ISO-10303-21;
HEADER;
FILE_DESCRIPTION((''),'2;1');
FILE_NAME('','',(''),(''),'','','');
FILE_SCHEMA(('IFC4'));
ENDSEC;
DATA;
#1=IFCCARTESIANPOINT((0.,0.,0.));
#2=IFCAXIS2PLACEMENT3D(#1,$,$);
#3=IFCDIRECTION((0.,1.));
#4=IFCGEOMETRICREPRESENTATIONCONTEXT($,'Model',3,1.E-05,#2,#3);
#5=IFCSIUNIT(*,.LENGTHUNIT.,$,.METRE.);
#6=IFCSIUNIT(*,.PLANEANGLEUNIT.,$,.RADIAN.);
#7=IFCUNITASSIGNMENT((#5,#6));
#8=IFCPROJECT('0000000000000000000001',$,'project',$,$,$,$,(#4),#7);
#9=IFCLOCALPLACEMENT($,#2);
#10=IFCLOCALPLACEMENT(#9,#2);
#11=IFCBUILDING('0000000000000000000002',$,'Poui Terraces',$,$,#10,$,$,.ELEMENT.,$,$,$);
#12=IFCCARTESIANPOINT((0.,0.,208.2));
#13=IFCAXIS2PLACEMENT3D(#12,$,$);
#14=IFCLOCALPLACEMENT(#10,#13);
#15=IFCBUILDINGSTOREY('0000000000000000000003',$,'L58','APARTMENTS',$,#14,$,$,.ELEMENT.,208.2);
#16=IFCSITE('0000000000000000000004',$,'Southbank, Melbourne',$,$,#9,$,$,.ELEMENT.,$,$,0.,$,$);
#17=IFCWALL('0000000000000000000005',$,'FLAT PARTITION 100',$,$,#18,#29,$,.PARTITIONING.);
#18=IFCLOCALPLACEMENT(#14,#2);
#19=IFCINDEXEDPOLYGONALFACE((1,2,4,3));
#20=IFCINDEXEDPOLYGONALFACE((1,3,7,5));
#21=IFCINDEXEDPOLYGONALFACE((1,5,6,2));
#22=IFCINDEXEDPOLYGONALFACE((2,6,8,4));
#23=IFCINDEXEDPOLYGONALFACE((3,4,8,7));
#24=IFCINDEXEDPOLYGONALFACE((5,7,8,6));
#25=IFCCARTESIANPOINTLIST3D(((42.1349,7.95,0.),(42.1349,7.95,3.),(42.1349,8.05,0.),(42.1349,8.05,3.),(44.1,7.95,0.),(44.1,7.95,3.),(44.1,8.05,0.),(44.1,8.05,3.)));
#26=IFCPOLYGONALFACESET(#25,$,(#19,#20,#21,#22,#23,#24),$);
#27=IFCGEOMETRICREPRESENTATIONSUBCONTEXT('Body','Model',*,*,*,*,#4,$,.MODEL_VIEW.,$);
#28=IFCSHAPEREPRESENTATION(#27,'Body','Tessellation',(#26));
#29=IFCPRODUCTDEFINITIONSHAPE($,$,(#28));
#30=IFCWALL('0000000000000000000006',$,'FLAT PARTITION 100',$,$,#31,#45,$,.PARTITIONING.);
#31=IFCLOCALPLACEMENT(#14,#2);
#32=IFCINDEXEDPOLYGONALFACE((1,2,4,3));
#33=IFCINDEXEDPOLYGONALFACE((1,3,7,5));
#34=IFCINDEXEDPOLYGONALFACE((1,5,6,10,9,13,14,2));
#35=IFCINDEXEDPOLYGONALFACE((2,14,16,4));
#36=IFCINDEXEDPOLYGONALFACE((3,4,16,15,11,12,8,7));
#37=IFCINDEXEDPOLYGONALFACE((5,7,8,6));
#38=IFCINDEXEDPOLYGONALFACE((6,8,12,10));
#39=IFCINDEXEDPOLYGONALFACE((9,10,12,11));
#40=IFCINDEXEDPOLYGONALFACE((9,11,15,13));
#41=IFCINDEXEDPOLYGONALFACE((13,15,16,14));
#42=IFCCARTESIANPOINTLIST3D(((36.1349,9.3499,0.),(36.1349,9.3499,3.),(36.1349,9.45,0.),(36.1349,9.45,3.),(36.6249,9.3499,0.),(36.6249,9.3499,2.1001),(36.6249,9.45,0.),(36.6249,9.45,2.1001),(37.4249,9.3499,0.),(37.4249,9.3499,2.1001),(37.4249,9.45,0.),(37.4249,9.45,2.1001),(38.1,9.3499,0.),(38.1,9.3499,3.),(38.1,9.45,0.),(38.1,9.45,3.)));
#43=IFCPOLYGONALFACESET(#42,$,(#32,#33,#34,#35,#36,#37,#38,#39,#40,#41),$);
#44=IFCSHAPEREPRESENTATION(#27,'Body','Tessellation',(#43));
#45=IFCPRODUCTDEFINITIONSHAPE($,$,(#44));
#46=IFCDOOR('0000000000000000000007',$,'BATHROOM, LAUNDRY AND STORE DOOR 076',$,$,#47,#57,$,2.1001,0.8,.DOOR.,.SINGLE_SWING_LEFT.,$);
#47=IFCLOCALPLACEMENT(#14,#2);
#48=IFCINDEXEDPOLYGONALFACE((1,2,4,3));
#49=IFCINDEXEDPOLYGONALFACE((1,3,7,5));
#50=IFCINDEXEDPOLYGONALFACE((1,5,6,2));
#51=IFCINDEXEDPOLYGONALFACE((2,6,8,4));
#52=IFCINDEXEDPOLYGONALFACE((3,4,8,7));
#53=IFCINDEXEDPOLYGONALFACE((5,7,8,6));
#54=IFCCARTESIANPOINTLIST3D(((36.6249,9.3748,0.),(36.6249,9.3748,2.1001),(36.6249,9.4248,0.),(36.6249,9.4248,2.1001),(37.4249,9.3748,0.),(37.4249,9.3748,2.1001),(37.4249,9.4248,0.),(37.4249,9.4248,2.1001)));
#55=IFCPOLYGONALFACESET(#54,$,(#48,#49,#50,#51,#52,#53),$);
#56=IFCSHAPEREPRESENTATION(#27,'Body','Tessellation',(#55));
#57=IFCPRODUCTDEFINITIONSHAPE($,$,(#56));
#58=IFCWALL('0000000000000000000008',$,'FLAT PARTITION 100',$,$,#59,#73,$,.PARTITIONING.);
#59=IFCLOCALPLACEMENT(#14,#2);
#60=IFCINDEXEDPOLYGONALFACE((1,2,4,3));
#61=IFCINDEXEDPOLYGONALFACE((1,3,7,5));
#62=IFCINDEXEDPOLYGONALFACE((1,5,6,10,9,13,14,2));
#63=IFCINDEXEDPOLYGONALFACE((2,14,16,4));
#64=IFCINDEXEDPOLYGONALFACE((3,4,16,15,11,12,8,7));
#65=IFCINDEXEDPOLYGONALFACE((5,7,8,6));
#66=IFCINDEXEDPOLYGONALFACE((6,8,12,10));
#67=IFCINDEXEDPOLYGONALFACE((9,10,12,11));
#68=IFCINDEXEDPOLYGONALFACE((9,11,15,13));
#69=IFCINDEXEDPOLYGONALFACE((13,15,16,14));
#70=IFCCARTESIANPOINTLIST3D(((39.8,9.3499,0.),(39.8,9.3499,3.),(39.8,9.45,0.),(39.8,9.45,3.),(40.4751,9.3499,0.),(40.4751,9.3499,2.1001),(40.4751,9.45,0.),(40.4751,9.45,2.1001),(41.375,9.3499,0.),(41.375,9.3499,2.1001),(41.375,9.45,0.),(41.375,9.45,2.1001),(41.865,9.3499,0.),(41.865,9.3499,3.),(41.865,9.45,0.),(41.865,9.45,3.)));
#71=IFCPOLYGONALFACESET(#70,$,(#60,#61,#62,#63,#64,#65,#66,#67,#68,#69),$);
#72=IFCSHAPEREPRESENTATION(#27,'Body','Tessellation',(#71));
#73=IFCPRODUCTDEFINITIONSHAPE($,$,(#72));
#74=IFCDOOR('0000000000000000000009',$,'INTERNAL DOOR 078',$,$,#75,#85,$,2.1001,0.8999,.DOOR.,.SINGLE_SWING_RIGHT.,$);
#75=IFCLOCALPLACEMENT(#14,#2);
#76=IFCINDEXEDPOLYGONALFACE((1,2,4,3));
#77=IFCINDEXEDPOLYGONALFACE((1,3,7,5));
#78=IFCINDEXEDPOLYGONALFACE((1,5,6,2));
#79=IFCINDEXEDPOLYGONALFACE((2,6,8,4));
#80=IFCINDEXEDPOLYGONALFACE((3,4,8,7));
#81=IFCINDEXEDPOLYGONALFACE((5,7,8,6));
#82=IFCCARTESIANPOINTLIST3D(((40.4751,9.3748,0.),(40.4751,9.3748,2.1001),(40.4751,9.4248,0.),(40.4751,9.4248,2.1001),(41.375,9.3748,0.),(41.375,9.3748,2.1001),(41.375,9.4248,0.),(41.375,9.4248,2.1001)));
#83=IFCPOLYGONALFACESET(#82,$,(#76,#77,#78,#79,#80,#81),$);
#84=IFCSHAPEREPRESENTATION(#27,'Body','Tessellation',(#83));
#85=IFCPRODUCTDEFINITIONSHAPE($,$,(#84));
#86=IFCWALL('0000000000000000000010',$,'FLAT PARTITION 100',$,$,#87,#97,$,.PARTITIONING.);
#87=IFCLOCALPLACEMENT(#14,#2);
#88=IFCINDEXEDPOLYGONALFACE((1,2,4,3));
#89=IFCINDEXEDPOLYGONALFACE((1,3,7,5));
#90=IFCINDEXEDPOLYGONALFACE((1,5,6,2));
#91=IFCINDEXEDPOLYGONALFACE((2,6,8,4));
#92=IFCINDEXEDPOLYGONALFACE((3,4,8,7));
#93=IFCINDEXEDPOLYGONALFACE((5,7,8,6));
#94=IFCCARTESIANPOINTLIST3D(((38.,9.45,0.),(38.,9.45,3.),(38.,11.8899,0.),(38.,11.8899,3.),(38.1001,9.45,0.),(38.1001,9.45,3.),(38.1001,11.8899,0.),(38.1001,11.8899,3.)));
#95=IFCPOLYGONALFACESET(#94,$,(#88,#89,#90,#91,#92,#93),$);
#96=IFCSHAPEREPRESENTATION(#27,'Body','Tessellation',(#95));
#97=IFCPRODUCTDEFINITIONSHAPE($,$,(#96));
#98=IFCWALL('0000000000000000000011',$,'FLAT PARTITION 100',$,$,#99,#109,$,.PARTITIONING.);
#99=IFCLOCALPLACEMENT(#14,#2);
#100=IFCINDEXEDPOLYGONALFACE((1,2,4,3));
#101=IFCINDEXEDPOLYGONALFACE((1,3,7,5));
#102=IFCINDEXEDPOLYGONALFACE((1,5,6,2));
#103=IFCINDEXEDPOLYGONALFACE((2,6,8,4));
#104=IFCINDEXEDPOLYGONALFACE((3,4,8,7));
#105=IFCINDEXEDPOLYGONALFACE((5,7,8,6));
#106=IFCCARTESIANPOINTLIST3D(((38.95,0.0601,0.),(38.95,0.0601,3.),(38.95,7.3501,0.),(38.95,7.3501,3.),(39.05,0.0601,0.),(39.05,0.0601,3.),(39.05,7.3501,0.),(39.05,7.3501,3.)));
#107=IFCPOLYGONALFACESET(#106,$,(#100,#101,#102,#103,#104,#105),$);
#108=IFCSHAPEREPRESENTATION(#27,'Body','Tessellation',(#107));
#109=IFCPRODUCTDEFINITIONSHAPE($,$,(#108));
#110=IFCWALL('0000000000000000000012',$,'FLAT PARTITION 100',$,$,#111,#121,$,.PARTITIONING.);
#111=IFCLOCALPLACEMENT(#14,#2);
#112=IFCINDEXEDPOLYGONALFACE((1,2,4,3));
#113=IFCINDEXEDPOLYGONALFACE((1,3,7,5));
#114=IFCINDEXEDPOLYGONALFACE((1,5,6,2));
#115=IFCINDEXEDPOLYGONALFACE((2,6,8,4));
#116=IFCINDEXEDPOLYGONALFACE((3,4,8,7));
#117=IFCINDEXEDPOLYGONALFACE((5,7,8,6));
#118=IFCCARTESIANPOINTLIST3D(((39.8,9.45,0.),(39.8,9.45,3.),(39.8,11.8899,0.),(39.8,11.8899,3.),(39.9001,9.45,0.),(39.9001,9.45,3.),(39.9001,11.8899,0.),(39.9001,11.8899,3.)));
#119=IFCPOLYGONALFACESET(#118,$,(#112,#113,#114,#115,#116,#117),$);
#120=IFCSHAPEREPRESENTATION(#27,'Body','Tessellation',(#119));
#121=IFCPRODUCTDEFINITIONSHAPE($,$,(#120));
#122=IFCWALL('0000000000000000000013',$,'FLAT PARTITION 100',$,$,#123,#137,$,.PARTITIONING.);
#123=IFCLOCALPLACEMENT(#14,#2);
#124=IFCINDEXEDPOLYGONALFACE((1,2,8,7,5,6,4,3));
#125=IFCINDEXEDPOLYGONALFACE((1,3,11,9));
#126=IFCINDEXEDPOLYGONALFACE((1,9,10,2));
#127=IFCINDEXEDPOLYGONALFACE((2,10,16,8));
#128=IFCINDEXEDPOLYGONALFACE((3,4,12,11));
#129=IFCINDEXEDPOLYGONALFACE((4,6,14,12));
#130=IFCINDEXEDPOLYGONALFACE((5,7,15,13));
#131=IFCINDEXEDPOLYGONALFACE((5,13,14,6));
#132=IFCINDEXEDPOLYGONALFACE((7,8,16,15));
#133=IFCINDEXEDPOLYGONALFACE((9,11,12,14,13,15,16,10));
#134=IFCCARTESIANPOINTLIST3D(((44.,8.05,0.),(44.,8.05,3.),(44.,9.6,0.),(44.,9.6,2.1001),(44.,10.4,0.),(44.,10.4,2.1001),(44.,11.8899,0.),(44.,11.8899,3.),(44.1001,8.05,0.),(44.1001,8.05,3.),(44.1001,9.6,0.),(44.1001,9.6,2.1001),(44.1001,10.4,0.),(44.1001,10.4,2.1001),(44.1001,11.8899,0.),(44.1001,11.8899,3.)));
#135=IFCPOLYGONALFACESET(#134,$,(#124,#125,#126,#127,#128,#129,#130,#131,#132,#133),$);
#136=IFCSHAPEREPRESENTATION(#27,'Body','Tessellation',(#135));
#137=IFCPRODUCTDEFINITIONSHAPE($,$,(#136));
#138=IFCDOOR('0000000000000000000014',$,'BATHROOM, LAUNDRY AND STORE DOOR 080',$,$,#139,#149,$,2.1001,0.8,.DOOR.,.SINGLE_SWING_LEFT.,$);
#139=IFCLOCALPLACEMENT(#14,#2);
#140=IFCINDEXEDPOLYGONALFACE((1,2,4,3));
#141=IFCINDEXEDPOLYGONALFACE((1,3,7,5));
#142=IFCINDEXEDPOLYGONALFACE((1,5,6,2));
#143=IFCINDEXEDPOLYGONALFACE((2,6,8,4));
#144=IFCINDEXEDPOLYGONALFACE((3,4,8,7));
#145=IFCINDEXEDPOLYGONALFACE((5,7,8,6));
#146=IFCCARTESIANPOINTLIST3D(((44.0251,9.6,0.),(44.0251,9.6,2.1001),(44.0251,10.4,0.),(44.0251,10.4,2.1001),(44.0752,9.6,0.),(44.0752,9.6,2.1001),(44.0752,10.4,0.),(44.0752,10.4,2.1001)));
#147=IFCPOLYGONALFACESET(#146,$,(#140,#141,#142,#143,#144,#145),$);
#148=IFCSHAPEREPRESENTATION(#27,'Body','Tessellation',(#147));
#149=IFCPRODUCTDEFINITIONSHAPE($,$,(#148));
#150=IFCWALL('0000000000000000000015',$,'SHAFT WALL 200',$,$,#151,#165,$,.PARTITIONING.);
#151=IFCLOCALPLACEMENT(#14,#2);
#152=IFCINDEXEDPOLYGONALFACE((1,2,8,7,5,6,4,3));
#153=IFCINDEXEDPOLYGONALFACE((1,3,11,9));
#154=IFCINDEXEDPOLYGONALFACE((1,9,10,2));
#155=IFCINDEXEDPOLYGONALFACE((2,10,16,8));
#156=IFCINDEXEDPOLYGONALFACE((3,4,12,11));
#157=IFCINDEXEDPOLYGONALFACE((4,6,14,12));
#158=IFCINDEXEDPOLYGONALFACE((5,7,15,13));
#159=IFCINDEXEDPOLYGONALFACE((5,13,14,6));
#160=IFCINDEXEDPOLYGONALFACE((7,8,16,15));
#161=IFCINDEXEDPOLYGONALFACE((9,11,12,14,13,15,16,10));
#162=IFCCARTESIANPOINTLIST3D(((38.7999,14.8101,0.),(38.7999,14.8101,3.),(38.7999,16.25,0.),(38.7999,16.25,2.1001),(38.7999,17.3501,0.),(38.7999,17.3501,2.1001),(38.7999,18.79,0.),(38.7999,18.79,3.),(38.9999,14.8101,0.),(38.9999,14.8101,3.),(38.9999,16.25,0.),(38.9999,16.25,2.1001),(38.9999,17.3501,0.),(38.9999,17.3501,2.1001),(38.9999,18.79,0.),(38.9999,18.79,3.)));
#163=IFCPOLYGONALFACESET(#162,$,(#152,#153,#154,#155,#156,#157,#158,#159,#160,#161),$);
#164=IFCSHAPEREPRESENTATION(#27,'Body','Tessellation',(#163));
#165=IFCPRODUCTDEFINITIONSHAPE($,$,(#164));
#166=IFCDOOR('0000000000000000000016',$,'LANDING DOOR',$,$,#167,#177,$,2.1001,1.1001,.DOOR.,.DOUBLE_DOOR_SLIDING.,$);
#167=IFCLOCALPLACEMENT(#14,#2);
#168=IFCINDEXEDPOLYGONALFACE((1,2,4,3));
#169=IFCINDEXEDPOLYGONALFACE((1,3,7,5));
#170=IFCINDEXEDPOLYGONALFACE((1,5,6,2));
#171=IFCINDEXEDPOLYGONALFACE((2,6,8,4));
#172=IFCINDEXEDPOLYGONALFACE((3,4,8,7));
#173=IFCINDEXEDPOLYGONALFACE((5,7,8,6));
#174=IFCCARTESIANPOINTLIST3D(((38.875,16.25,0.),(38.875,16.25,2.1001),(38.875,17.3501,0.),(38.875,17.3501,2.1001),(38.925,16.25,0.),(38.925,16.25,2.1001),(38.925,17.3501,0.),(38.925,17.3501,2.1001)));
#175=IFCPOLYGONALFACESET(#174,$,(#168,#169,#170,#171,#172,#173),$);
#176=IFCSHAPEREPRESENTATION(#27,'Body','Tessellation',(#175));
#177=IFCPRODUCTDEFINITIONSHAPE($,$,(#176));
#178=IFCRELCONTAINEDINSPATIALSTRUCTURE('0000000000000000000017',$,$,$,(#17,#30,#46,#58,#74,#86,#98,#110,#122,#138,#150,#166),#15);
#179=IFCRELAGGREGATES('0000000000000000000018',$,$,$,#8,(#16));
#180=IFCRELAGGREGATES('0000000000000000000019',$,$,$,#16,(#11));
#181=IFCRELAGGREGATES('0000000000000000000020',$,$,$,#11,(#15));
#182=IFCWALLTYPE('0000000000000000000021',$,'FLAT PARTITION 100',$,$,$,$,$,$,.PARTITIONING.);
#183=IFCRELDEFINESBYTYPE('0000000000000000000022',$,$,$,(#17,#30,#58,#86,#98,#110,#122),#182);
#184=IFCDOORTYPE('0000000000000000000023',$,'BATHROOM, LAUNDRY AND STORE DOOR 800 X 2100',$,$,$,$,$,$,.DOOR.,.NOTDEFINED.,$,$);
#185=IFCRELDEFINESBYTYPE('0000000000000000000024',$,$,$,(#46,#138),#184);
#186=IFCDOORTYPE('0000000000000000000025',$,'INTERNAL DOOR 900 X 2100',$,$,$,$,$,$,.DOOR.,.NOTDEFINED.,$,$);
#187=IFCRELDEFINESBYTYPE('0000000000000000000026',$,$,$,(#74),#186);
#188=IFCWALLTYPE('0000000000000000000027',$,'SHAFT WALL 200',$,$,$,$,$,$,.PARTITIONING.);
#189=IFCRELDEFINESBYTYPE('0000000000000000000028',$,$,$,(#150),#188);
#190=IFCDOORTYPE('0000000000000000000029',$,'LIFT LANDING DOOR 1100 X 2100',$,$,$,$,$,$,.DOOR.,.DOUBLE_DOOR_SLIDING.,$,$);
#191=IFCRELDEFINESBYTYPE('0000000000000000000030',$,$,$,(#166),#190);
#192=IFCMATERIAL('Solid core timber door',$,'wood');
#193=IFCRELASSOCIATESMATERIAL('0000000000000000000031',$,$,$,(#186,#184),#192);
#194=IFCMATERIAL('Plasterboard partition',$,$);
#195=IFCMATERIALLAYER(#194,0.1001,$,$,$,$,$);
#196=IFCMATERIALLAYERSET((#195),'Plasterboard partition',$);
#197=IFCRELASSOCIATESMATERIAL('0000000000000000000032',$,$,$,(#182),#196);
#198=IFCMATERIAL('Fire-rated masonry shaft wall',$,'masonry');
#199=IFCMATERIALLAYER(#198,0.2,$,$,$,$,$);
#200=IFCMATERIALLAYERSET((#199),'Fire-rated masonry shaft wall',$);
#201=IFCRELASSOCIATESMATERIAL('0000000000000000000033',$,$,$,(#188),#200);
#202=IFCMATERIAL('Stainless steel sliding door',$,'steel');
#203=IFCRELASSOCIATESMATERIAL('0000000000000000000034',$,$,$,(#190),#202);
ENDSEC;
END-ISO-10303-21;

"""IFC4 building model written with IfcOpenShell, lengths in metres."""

from ifc_helpers import new_model, si_unit, direction, frame, frame_2d, origin, place, context, subcontext, project, spatial, rectangle, extrude, material, layer, layer_set, type_object, element, fill, save


model = new_model("IFC4")

# Units and contexts
model_context = context("Model", 3, precision=1e-05, world=origin(), true_north=direction((0.0, 1.0)))
body_context = subcontext(model_context, "Body", "Model", "MODEL_VIEW")
ifc_project = project(units=[si_unit("LENGTHUNIT", "METRE"), si_unit("PLANEANGLEUNIT", "RADIAN")], contexts=[model_context])

# Site, building, storey
site_placement = place(None, origin())
site = spatial("IfcSite", under=ifc_project, at=site_placement, Name="Southbank, Melbourne", CompositionType="ELEMENT", RefElevation=0.0)
building_placement = place(site_placement, origin())
building = spatial("IfcBuilding", under=site, at=building_placement, Name="Poui Terraces", CompositionType="ELEMENT")
storey_placement = place(building_placement, frame((0.0, 0.0, 208.2)))
storey = spatial("IfcBuildingStorey", under=building, at=storey_placement, Name="L58", Description="APARTMENTS", CompositionType="ELEMENT", Elevation=208.2)

# Shared definitions
ifc_material_1 = material(Name="Solid core timber door", Category="wood")
door_type_1 = type_object("IfcDoorType", Name="INTERNAL DOOR 900 X 2100", OperationType="NOTDEFINED", PredefinedType="DOOR", material=ifc_material_1)

# Shared definitions
ifc_material_2 = material(Name="Plasterboard partition")
ifc_layer_1 = layer(ifc_material_2, 0.1001)
ifc_layer_set_1 = layer_set([ifc_layer_1], Name="Plasterboard partition")
wall_type_1 = type_object("IfcWallType", Name="FLAT PARTITION 100", PredefinedType="PARTITIONING", material=ifc_layer_set_1)

# Wall
wall_1_placement = place(storey_placement, frame((42.135, 8.0, 0.0), z_axis=(0.0, 0.0, 1.0), x_axis=(1.0, 0.0, 0.0)))
element("IfcWall", 1, at=wall_1_placement, inside=storey, type_object=wall_type_1, Name="FLAT PARTITION 100", PredefinedType="PARTITIONING", context=body_context, shape_type="SweptSolid", body=[
    extrude(rectangle(XDim=1.9651, YDim=0.1001, at=frame_2d((0.9824, 0.0))), origin(), (0.0, 0.0, 1.0), 3.0),
])

# Walls, openings, doors
wall_2_placement = place(storey_placement, frame((36.135, 9.3999, 0.0), z_axis=(0.0, 0.0, 1.0), x_axis=(1.0, 0.0, 0.0)))
wall_2 = element("IfcWall", 2, at=wall_2_placement, inside=storey, type_object=wall_type_1, Name="FLAT PARTITION 100", PredefinedType="PARTITIONING", context=body_context, shape_type="SweptSolid", body=[
    extrude(rectangle(XDim=1.9651, YDim=0.1001, at=frame_2d((0.9824, 0.0))), origin(), (0.0, 0.0, 1.0), 3.0),
])
opening_1_placement = place(wall_2_placement, frame((0.49, 0.0, 0.0)))
opening_1 = element("IfcOpeningElement", 3, at=opening_1_placement, cuts=wall_2, PredefinedType="OPENING", context=body_context, shape_type="SweptSolid", body=[
    extrude(rectangle(XDim=0.8, YDim=2.1001, at=frame_2d((0.3999, 1.05))), frame((0.0, 0.0601, 0.0), z_axis=(0.0, -1.0, 0.0), x_axis=(1.0, 0.0, 0.0)), (0.0, 0.0, 1.0), 0.1201),
])
door_type_2 = type_object("IfcDoorType", Name="BATHROOM, LAUNDRY AND STORE DOOR 800 X 2100", OperationType="NOTDEFINED", PredefinedType="DOOR", material=ifc_material_1)
door_1_placement = place(opening_1_placement, origin())
door_1 = element("IfcDoor", 4, at=door_1_placement, inside=storey, type_object=door_type_2, Name="BATHROOM, LAUNDRY AND STORE DOOR 076", OperationType="SINGLE_SWING_LEFT", OverallHeight=2.1001, OverallWidth=0.8, PredefinedType="DOOR", context=body_context, shape_type="SweptSolid", body=[
    extrude(rectangle(XDim=0.8, YDim=2.1001, at=frame_2d((0.3999, 1.05))), frame((0.0, 0.0249, 0.0), z_axis=(0.0, -1.0, 0.0), x_axis=(1.0, 0.0, 0.0)), (0.0, 0.0, 1.0), 0.05),
])
fill(opening_1, door_1)
wall_3_placement = place(storey_placement, frame((39.8, 9.3999, 0.0), z_axis=(0.0, 0.0, 1.0), x_axis=(1.0, 0.0, 0.0)))
wall_3 = element("IfcWall", 5, at=wall_3_placement, inside=storey, type_object=wall_type_1, Name="FLAT PARTITION 100", PredefinedType="PARTITIONING", context=body_context, shape_type="SweptSolid", body=[
    extrude(rectangle(XDim=2.0649, YDim=0.1001, at=frame_2d((1.0325, 0.0))), origin(), (0.0, 0.0, 1.0), 3.0),
])
opening_2_placement = place(wall_3_placement, frame((0.675, 0.0, 0.0)))
opening_2 = element("IfcOpeningElement", 6, at=opening_2_placement, cuts=wall_3, PredefinedType="OPENING", context=body_context, shape_type="SweptSolid", body=[
    extrude(rectangle(XDim=0.8999, YDim=2.1001, at=frame_2d((0.45, 1.05))), frame((0.0, 0.0601, 0.0), z_axis=(0.0, -1.0, 0.0), x_axis=(1.0, 0.0, 0.0)), (0.0, 0.0, 1.0), 0.1201),
])
door_2_placement = place(opening_2_placement, origin())
door_2 = element("IfcDoor", 7, at=door_2_placement, inside=storey, type_object=door_type_1, Name="INTERNAL DOOR 078", OperationType="SINGLE_SWING_RIGHT", OverallHeight=2.1001, OverallWidth=0.8999, PredefinedType="DOOR", context=body_context, shape_type="SweptSolid", body=[
    extrude(rectangle(XDim=0.8999, YDim=2.1001, at=frame_2d((0.45, 1.05))), frame((0.0, 0.0249, 0.0), z_axis=(0.0, -1.0, 0.0), x_axis=(1.0, 0.0, 0.0)), (0.0, 0.0, 1.0), 0.05),
])
fill(opening_2, door_2)

# Walls
wall_4_placement = place(storey_placement, frame((38.05, 9.45, 0.0), z_axis=(0.0, 0.0, 1.0), x_axis=(0.0, 1.0, 0.0)))
element("IfcWall", 8, at=wall_4_placement, inside=storey, type_object=wall_type_1, Name="FLAT PARTITION 100", PredefinedType="PARTITIONING", context=body_context, shape_type="SweptSolid", body=[
    extrude(rectangle(XDim=2.4399, YDim=0.1001, at=frame_2d((1.22, 0.0))), origin(), (0.0, 0.0, 1.0), 3.0),
])
wall_5_placement = place(storey_placement, frame((39.0, 0.0601, 0.0), z_axis=(0.0, 0.0, 1.0), x_axis=(0.0, 1.0, 0.0)))
element("IfcWall", 9, at=wall_5_placement, inside=storey, type_object=wall_type_1, Name="FLAT PARTITION 100", PredefinedType="PARTITIONING", context=body_context, shape_type="SweptSolid", body=[
    extrude(rectangle(XDim=7.29, YDim=0.1001, at=frame_2d((3.645, 0.0))), origin(), (0.0, 0.0, 1.0), 3.0),
])
wall_6_placement = place(storey_placement, frame((39.8501, 9.45, 0.0), z_axis=(0.0, 0.0, 1.0), x_axis=(0.0, 1.0, 0.0)))
element("IfcWall", 10, at=wall_6_placement, inside=storey, type_object=wall_type_1, Name="FLAT PARTITION 100", PredefinedType="PARTITIONING", context=body_context, shape_type="SweptSolid", body=[
    extrude(rectangle(XDim=2.4399, YDim=0.1001, at=frame_2d((1.22, 0.0))), origin(), (0.0, 0.0, 1.0), 3.0),
])

# Walls, openings, doors
wall_7_placement = place(storey_placement, frame((44.05, 8.05, 0.0), z_axis=(0.0, 0.0, 1.0), x_axis=(0.0, 1.0, 0.0)))
wall_7 = element("IfcWall", 11, at=wall_7_placement, inside=storey, type_object=wall_type_1, Name="FLAT PARTITION 100", PredefinedType="PARTITIONING", context=body_context, shape_type="SweptSolid", body=[
    extrude(rectangle(XDim=3.8398, YDim=0.1001, at=frame_2d((1.9199, 0.0))), origin(), (0.0, 0.0, 1.0), 3.0),
])
opening_3_placement = place(wall_7_placement, frame((1.55, 0.0, 0.0)))
opening_3 = element("IfcOpeningElement", 12, at=opening_3_placement, cuts=wall_7, PredefinedType="OPENING", context=body_context, shape_type="SweptSolid", body=[
    extrude(rectangle(XDim=0.8, YDim=2.1001, at=frame_2d((0.3999, 1.05))), frame((0.0, 0.0601, 0.0), z_axis=(0.0, -1.0, 0.0), x_axis=(1.0, 0.0, 0.0)), (0.0, 0.0, 1.0), 0.1201),
])
door_3_placement = place(opening_3_placement, origin())
door_3 = element("IfcDoor", 13, at=door_3_placement, inside=storey, type_object=door_type_2, Name="BATHROOM, LAUNDRY AND STORE DOOR 080", OperationType="SINGLE_SWING_LEFT", OverallHeight=2.1001, OverallWidth=0.8, PredefinedType="DOOR", context=body_context, shape_type="SweptSolid", body=[
    extrude(rectangle(XDim=0.8, YDim=2.1001, at=frame_2d((0.3999, 1.05))), frame((0.0, 0.0249, 0.0), z_axis=(0.0, -1.0, 0.0), x_axis=(1.0, 0.0, 0.0)), (0.0, 0.0, 1.0), 0.05),
])
fill(opening_3, door_3)
ifc_material_3 = material(Name="Fire-rated masonry shaft wall", Category="masonry")
ifc_layer_2 = layer(ifc_material_3, 0.2)
ifc_layer_set_2 = layer_set([ifc_layer_2], Name="Fire-rated masonry shaft wall")
wall_type_2 = type_object("IfcWallType", Name="SHAFT WALL 200", PredefinedType="PARTITIONING", material=ifc_layer_set_2)
wall_8_placement = place(storey_placement, frame((38.8999, 14.8101, 0.0), z_axis=(0.0, 0.0, 1.0), x_axis=(0.0, 1.0, 0.0)))
wall_8 = element("IfcWall", 14, at=wall_8_placement, inside=storey, type_object=wall_type_2, Name="SHAFT WALL 200", PredefinedType="PARTITIONING", context=body_context, shape_type="SweptSolid", body=[
    extrude(rectangle(XDim=3.98, YDim=0.2, at=frame_2d((1.99, 0.0))), origin(), (0.0, 0.0, 1.0), 3.0),
])
opening_4_placement = place(wall_8_placement, frame((1.4399, 0.0, 0.0)))
opening_4 = element("IfcOpeningElement", 15, at=opening_4_placement, cuts=wall_8, PredefinedType="OPENING", context=body_context, shape_type="SweptSolid", body=[
    extrude(rectangle(XDim=1.1001, YDim=2.1001, at=frame_2d((0.55, 1.05))), frame((0.0, 0.1099, 0.0), z_axis=(0.0, -1.0, 0.0), x_axis=(1.0, 0.0, 0.0)), (0.0, 0.0, 1.0), 0.22),
])
ifc_material_4 = material(Name="Stainless steel sliding door", Category="steel")
door_type_3 = type_object("IfcDoorType", Name="LIFT LANDING DOOR 1100 X 2100", OperationType="DOUBLE_DOOR_SLIDING", PredefinedType="DOOR", material=ifc_material_4)
door_4_placement = place(opening_4_placement, origin())
door_4 = element("IfcDoor", 16, at=door_4_placement, inside=storey, type_object=door_type_3, Name="LANDING DOOR", OperationType="DOUBLE_DOOR_SLIDING", OverallHeight=2.1001, OverallWidth=1.1001, PredefinedType="DOOR", context=body_context, shape_type="SweptSolid", body=[
    extrude(rectangle(XDim=1.1001, YDim=2.1001, at=frame_2d((0.55, 1.05))), frame((0.0, 0.0249, 0.0), z_axis=(0.0, -1.0, 0.0), x_axis=(1.0, 0.0, 0.0)), (0.0, 0.0, 1.0), 0.05),
])
fill(opening_4, door_4)

save(model, "model.ifc")
